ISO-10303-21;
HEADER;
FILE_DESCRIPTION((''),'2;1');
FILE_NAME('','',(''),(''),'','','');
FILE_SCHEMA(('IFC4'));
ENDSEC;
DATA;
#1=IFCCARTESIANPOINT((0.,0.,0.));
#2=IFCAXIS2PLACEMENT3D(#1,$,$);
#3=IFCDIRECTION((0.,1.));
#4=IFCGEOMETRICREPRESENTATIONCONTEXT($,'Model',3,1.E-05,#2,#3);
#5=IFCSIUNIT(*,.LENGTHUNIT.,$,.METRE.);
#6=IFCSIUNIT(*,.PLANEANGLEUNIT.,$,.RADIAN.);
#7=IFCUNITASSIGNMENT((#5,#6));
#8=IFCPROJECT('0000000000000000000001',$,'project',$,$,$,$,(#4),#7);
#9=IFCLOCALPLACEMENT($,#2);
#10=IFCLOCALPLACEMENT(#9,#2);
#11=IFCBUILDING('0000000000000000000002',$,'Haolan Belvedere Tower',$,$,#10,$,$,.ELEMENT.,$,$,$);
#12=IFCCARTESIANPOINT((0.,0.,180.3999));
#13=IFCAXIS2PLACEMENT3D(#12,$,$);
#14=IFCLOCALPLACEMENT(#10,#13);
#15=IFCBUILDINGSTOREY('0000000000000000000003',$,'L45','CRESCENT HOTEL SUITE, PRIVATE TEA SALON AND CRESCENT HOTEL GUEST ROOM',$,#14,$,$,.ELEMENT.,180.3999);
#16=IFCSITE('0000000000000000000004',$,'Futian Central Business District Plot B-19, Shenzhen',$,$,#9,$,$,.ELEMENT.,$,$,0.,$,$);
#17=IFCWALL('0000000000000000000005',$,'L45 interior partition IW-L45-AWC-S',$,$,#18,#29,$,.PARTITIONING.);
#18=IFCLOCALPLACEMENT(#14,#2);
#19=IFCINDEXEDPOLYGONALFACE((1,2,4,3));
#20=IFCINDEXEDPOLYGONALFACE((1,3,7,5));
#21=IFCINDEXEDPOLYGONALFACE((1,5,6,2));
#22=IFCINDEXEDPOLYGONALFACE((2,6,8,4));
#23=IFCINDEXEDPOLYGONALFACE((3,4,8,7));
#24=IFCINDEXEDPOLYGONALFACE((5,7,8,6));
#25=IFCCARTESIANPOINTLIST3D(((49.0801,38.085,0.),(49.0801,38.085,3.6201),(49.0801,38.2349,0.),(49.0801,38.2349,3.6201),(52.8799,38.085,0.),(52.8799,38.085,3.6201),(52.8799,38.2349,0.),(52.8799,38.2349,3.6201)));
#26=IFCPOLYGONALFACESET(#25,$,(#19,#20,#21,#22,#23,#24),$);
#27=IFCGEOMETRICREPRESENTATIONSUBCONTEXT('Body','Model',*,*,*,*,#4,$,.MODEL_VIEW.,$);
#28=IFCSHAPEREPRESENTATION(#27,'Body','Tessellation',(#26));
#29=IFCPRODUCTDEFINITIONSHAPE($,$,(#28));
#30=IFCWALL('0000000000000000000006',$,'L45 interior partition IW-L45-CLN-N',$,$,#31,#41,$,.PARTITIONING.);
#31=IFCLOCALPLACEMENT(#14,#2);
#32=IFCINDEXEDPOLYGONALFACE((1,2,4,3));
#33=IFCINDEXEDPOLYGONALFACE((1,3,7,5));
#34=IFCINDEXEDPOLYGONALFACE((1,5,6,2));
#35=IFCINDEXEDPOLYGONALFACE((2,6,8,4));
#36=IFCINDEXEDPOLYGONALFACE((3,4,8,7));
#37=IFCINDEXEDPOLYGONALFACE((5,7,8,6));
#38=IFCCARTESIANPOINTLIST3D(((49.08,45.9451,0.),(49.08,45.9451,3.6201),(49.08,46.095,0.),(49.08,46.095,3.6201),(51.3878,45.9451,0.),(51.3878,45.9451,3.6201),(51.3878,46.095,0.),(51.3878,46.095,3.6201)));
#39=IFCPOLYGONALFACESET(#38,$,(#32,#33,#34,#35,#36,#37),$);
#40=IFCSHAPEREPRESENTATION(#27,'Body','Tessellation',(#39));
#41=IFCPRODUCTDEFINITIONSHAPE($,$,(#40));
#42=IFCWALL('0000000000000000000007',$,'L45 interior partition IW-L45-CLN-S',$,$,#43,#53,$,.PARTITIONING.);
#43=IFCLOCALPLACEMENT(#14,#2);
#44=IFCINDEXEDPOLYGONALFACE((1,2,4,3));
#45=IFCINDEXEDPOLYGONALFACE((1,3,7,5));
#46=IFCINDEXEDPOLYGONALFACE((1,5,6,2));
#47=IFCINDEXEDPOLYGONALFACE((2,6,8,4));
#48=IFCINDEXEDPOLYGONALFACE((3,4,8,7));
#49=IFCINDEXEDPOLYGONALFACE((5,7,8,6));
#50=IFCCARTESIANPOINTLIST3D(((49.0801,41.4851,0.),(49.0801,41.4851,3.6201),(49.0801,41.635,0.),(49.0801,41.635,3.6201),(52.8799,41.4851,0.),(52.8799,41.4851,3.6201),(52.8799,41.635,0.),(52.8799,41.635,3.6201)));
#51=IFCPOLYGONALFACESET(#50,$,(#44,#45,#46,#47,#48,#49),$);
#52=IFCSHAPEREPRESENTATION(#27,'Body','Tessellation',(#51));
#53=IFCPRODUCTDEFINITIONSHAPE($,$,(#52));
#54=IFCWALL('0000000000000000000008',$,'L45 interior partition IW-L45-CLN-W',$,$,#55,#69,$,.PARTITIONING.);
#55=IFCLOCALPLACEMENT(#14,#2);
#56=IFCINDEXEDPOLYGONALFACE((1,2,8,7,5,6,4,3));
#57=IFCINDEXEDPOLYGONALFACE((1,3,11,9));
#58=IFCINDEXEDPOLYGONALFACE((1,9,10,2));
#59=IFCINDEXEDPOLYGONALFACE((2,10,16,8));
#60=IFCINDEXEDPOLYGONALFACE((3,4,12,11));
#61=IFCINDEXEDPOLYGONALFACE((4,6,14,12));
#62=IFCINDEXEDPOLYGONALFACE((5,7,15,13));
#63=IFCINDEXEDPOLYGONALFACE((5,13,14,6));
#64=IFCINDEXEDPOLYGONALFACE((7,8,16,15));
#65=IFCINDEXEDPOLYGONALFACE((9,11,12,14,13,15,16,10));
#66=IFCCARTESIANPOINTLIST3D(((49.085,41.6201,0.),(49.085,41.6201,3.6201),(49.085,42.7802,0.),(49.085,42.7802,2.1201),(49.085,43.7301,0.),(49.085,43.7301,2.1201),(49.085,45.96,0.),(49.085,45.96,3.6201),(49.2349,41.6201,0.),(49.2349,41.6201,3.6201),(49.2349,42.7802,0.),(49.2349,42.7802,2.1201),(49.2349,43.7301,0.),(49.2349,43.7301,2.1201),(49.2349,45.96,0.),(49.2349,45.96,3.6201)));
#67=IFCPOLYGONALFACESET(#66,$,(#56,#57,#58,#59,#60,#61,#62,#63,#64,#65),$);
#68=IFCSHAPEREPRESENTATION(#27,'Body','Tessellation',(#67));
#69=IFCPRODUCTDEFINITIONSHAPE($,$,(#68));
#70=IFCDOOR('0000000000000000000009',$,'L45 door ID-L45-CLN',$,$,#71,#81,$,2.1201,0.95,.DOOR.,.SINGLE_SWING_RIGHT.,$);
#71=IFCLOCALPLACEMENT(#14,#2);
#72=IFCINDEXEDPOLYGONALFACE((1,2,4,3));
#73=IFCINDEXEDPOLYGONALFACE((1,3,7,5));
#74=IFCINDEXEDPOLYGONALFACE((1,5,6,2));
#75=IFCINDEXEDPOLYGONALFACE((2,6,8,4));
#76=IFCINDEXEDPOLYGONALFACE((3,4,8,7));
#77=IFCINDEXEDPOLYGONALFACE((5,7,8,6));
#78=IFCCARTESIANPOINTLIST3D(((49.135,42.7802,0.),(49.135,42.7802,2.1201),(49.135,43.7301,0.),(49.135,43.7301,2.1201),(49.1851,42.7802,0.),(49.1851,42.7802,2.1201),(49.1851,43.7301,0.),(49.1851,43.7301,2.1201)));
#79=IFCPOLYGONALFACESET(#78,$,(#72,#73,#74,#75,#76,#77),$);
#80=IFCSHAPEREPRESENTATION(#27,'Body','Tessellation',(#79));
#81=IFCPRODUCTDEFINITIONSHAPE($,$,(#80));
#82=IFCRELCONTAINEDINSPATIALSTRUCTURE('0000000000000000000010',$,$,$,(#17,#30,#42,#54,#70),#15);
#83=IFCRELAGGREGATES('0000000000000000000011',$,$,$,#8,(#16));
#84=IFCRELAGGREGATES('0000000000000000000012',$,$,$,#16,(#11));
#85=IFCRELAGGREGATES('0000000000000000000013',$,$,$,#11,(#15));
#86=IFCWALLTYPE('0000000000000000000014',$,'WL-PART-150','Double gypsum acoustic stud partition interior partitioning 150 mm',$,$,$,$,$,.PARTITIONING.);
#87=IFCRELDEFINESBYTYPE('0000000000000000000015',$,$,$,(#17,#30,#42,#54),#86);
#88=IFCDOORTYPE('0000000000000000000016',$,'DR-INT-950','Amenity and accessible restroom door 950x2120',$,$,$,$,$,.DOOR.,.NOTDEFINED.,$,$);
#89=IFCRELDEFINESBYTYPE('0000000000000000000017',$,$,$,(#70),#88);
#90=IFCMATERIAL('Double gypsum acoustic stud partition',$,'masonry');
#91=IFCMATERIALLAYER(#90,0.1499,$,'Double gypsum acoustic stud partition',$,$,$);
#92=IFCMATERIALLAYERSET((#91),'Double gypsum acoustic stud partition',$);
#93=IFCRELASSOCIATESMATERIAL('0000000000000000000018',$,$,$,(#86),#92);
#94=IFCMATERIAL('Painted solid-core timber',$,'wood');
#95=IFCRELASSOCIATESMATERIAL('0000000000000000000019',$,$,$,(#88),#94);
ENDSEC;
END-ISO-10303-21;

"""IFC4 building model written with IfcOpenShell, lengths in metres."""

from ifc_helpers import new_model, si_unit, direction, frame, frame_2d, origin, place, context, subcontext, project, spatial, rectangle, extrude, material, layer, layer_set, type_object, element, fill, save


model = new_model("IFC4")

# Units and contexts
model_context = context("Model", 3, precision=1e-05, world=origin(), true_north=direction((0.0, 1.0)))
body_context = subcontext(model_context, "Body", "Model", "MODEL_VIEW")
ifc_project = project(units=[si_unit("LENGTHUNIT", "METRE"), si_unit("PLANEANGLEUNIT", "RADIAN")], contexts=[model_context])

# Site, building, storey
site_placement = place(None, origin())
site = spatial("IfcSite", under=ifc_project, at=site_placement, Name="Futian Central Business District Plot B-19, Shenzhen", CompositionType="ELEMENT", RefElevation=0.0)
building_placement = place(site_placement, origin())
building = spatial("IfcBuilding", under=site, at=building_placement, Name="Haolan Belvedere Tower", CompositionType="ELEMENT")
storey_placement = place(building_placement, frame((0.0, 0.0, 180.3999)))
storey = spatial("IfcBuildingStorey", under=building, at=storey_placement, Name="L45", Description="CRESCENT HOTEL SUITE, PRIVATE TEA SALON AND CRESCENT HOTEL GUEST ROOM", CompositionType="ELEMENT", Elevation=180.3999)

# Wall
ifc_material_1 = material(Name="Double gypsum acoustic stud partition", Category="masonry")
ifc_layer_1 = layer(ifc_material_1, 0.1499, Name="Double gypsum acoustic stud partition")
ifc_layer_set_1 = layer_set([ifc_layer_1], Name="Double gypsum acoustic stud partition")
wall_type_1 = type_object("IfcWallType", Name="WL-PART-150", Description="Double gypsum acoustic stud partition interior partitioning 150 mm", PredefinedType="PARTITIONING", material=ifc_layer_set_1)
for number, where, z_axis, x_axis, name in (
    (1, (49.0801, 38.1599, 0.0), (0.0, 0.0, 1.0), (1.0, 0.0, 0.0), "L45 interior partition IW-L45-AWC-S"),
):
    element("IfcWall", number, at=place(storey_placement, frame(where, z_axis=z_axis, x_axis=x_axis)), inside=storey, type_object=wall_type_1, Name=name, PredefinedType="PARTITIONING", context=body_context, shape_type="SweptSolid", body=[
        extrude(rectangle(XDim=3.7998, YDim=0.1499, at=frame_2d((1.8999, 0.0))), origin(), (0.0, 0.0, 1.0), 3.6201),
    ])

# Shared definitions
ifc_material_2 = material(Name="Painted solid-core timber", Category="wood")
door_type = type_object("IfcDoorType", Name="DR-INT-950", Description="Amenity and accessible restroom door 950x2120", OperationType="NOTDEFINED", PredefinedType="DOOR", material=ifc_material_2)

# Walls
wall_1_placement = place(storey_placement, frame((49.0801, 46.02, 0.0), z_axis=(0.0, 0.0, 1.0), x_axis=(1.0, 0.0, 0.0)))
element("IfcWall", 2, at=wall_1_placement, inside=storey, type_object=wall_type_1, Name="L45 interior partition IW-L45-CLN-N", PredefinedType="PARTITIONING", context=body_context, shape_type="SweptSolid", body=[
    extrude(rectangle(XDim=2.3079, YDim=0.1499, at=frame_2d((1.1538, 0.0))), origin(), (0.0, 0.0, 1.0), 3.6201),
])
wall_2_placement = place(storey_placement, frame((49.0801, 41.5601, 0.0), z_axis=(0.0, 0.0, 1.0), x_axis=(1.0, 0.0, 0.0)))
element("IfcWall", 3, at=wall_2_placement, inside=storey, type_object=wall_type_1, Name="L45 interior partition IW-L45-CLN-S", PredefinedType="PARTITIONING", context=body_context, shape_type="SweptSolid", body=[
    extrude(rectangle(XDim=3.7998, YDim=0.1499, at=frame_2d((1.8999, 0.0))), origin(), (0.0, 0.0, 1.0), 3.6201),
])

# Wall, opening, door
wall_3_placement = place(storey_placement, frame((49.1599, 41.6201, 0.0), z_axis=(0.0, 0.0, 1.0), x_axis=(0.0, 1.0, 0.0)))
wall_3 = element("IfcWall", 4, at=wall_3_placement, inside=storey, type_object=wall_type_1, Name="L45 interior partition IW-L45-CLN-W", PredefinedType="PARTITIONING", context=body_context, shape_type="SweptSolid", body=[
    extrude(rectangle(XDim=4.3398, YDim=0.1499, at=frame_2d((2.1699, 0.0))), origin(), (0.0, 0.0, 1.0), 3.6201),
])
opening_1_placement = place(wall_3_placement, frame((1.1599, 0.0, 0.0)))
opening_1 = element("IfcOpeningElement", 5, at=opening_1_placement, cuts=wall_3, PredefinedType="OPENING", context=body_context, shape_type="SweptSolid", body=[
    extrude(rectangle(XDim=0.95, YDim=2.1201, at=frame_2d((0.4751, 1.0601))), frame((0.0, 0.085, 0.0), z_axis=(0.0, -1.0, 0.0), x_axis=(1.0, 0.0, 0.0)), (0.0, 0.0, 1.0), 0.1699),
])
door_1_placement = place(opening_1_placement, origin())
door_1 = element("IfcDoor", 6, at=door_1_placement, inside=storey, type_object=door_type, Name="L45 door ID-L45-CLN", OperationType="SINGLE_SWING_RIGHT", OverallHeight=2.1201, OverallWidth=0.95, PredefinedType="DOOR", context=body_context, shape_type="SweptSolid", body=[
    extrude(rectangle(XDim=0.95, YDim=2.1201, at=frame_2d((0.4751, 1.0601))), frame((0.0, 0.0249, 0.0), z_axis=(0.0, -1.0, 0.0), x_axis=(1.0, 0.0, 0.0)), (0.0, 0.0, 1.0), 0.05),
])
fill(opening_1, door_1)

save(model, "model.ifc")
